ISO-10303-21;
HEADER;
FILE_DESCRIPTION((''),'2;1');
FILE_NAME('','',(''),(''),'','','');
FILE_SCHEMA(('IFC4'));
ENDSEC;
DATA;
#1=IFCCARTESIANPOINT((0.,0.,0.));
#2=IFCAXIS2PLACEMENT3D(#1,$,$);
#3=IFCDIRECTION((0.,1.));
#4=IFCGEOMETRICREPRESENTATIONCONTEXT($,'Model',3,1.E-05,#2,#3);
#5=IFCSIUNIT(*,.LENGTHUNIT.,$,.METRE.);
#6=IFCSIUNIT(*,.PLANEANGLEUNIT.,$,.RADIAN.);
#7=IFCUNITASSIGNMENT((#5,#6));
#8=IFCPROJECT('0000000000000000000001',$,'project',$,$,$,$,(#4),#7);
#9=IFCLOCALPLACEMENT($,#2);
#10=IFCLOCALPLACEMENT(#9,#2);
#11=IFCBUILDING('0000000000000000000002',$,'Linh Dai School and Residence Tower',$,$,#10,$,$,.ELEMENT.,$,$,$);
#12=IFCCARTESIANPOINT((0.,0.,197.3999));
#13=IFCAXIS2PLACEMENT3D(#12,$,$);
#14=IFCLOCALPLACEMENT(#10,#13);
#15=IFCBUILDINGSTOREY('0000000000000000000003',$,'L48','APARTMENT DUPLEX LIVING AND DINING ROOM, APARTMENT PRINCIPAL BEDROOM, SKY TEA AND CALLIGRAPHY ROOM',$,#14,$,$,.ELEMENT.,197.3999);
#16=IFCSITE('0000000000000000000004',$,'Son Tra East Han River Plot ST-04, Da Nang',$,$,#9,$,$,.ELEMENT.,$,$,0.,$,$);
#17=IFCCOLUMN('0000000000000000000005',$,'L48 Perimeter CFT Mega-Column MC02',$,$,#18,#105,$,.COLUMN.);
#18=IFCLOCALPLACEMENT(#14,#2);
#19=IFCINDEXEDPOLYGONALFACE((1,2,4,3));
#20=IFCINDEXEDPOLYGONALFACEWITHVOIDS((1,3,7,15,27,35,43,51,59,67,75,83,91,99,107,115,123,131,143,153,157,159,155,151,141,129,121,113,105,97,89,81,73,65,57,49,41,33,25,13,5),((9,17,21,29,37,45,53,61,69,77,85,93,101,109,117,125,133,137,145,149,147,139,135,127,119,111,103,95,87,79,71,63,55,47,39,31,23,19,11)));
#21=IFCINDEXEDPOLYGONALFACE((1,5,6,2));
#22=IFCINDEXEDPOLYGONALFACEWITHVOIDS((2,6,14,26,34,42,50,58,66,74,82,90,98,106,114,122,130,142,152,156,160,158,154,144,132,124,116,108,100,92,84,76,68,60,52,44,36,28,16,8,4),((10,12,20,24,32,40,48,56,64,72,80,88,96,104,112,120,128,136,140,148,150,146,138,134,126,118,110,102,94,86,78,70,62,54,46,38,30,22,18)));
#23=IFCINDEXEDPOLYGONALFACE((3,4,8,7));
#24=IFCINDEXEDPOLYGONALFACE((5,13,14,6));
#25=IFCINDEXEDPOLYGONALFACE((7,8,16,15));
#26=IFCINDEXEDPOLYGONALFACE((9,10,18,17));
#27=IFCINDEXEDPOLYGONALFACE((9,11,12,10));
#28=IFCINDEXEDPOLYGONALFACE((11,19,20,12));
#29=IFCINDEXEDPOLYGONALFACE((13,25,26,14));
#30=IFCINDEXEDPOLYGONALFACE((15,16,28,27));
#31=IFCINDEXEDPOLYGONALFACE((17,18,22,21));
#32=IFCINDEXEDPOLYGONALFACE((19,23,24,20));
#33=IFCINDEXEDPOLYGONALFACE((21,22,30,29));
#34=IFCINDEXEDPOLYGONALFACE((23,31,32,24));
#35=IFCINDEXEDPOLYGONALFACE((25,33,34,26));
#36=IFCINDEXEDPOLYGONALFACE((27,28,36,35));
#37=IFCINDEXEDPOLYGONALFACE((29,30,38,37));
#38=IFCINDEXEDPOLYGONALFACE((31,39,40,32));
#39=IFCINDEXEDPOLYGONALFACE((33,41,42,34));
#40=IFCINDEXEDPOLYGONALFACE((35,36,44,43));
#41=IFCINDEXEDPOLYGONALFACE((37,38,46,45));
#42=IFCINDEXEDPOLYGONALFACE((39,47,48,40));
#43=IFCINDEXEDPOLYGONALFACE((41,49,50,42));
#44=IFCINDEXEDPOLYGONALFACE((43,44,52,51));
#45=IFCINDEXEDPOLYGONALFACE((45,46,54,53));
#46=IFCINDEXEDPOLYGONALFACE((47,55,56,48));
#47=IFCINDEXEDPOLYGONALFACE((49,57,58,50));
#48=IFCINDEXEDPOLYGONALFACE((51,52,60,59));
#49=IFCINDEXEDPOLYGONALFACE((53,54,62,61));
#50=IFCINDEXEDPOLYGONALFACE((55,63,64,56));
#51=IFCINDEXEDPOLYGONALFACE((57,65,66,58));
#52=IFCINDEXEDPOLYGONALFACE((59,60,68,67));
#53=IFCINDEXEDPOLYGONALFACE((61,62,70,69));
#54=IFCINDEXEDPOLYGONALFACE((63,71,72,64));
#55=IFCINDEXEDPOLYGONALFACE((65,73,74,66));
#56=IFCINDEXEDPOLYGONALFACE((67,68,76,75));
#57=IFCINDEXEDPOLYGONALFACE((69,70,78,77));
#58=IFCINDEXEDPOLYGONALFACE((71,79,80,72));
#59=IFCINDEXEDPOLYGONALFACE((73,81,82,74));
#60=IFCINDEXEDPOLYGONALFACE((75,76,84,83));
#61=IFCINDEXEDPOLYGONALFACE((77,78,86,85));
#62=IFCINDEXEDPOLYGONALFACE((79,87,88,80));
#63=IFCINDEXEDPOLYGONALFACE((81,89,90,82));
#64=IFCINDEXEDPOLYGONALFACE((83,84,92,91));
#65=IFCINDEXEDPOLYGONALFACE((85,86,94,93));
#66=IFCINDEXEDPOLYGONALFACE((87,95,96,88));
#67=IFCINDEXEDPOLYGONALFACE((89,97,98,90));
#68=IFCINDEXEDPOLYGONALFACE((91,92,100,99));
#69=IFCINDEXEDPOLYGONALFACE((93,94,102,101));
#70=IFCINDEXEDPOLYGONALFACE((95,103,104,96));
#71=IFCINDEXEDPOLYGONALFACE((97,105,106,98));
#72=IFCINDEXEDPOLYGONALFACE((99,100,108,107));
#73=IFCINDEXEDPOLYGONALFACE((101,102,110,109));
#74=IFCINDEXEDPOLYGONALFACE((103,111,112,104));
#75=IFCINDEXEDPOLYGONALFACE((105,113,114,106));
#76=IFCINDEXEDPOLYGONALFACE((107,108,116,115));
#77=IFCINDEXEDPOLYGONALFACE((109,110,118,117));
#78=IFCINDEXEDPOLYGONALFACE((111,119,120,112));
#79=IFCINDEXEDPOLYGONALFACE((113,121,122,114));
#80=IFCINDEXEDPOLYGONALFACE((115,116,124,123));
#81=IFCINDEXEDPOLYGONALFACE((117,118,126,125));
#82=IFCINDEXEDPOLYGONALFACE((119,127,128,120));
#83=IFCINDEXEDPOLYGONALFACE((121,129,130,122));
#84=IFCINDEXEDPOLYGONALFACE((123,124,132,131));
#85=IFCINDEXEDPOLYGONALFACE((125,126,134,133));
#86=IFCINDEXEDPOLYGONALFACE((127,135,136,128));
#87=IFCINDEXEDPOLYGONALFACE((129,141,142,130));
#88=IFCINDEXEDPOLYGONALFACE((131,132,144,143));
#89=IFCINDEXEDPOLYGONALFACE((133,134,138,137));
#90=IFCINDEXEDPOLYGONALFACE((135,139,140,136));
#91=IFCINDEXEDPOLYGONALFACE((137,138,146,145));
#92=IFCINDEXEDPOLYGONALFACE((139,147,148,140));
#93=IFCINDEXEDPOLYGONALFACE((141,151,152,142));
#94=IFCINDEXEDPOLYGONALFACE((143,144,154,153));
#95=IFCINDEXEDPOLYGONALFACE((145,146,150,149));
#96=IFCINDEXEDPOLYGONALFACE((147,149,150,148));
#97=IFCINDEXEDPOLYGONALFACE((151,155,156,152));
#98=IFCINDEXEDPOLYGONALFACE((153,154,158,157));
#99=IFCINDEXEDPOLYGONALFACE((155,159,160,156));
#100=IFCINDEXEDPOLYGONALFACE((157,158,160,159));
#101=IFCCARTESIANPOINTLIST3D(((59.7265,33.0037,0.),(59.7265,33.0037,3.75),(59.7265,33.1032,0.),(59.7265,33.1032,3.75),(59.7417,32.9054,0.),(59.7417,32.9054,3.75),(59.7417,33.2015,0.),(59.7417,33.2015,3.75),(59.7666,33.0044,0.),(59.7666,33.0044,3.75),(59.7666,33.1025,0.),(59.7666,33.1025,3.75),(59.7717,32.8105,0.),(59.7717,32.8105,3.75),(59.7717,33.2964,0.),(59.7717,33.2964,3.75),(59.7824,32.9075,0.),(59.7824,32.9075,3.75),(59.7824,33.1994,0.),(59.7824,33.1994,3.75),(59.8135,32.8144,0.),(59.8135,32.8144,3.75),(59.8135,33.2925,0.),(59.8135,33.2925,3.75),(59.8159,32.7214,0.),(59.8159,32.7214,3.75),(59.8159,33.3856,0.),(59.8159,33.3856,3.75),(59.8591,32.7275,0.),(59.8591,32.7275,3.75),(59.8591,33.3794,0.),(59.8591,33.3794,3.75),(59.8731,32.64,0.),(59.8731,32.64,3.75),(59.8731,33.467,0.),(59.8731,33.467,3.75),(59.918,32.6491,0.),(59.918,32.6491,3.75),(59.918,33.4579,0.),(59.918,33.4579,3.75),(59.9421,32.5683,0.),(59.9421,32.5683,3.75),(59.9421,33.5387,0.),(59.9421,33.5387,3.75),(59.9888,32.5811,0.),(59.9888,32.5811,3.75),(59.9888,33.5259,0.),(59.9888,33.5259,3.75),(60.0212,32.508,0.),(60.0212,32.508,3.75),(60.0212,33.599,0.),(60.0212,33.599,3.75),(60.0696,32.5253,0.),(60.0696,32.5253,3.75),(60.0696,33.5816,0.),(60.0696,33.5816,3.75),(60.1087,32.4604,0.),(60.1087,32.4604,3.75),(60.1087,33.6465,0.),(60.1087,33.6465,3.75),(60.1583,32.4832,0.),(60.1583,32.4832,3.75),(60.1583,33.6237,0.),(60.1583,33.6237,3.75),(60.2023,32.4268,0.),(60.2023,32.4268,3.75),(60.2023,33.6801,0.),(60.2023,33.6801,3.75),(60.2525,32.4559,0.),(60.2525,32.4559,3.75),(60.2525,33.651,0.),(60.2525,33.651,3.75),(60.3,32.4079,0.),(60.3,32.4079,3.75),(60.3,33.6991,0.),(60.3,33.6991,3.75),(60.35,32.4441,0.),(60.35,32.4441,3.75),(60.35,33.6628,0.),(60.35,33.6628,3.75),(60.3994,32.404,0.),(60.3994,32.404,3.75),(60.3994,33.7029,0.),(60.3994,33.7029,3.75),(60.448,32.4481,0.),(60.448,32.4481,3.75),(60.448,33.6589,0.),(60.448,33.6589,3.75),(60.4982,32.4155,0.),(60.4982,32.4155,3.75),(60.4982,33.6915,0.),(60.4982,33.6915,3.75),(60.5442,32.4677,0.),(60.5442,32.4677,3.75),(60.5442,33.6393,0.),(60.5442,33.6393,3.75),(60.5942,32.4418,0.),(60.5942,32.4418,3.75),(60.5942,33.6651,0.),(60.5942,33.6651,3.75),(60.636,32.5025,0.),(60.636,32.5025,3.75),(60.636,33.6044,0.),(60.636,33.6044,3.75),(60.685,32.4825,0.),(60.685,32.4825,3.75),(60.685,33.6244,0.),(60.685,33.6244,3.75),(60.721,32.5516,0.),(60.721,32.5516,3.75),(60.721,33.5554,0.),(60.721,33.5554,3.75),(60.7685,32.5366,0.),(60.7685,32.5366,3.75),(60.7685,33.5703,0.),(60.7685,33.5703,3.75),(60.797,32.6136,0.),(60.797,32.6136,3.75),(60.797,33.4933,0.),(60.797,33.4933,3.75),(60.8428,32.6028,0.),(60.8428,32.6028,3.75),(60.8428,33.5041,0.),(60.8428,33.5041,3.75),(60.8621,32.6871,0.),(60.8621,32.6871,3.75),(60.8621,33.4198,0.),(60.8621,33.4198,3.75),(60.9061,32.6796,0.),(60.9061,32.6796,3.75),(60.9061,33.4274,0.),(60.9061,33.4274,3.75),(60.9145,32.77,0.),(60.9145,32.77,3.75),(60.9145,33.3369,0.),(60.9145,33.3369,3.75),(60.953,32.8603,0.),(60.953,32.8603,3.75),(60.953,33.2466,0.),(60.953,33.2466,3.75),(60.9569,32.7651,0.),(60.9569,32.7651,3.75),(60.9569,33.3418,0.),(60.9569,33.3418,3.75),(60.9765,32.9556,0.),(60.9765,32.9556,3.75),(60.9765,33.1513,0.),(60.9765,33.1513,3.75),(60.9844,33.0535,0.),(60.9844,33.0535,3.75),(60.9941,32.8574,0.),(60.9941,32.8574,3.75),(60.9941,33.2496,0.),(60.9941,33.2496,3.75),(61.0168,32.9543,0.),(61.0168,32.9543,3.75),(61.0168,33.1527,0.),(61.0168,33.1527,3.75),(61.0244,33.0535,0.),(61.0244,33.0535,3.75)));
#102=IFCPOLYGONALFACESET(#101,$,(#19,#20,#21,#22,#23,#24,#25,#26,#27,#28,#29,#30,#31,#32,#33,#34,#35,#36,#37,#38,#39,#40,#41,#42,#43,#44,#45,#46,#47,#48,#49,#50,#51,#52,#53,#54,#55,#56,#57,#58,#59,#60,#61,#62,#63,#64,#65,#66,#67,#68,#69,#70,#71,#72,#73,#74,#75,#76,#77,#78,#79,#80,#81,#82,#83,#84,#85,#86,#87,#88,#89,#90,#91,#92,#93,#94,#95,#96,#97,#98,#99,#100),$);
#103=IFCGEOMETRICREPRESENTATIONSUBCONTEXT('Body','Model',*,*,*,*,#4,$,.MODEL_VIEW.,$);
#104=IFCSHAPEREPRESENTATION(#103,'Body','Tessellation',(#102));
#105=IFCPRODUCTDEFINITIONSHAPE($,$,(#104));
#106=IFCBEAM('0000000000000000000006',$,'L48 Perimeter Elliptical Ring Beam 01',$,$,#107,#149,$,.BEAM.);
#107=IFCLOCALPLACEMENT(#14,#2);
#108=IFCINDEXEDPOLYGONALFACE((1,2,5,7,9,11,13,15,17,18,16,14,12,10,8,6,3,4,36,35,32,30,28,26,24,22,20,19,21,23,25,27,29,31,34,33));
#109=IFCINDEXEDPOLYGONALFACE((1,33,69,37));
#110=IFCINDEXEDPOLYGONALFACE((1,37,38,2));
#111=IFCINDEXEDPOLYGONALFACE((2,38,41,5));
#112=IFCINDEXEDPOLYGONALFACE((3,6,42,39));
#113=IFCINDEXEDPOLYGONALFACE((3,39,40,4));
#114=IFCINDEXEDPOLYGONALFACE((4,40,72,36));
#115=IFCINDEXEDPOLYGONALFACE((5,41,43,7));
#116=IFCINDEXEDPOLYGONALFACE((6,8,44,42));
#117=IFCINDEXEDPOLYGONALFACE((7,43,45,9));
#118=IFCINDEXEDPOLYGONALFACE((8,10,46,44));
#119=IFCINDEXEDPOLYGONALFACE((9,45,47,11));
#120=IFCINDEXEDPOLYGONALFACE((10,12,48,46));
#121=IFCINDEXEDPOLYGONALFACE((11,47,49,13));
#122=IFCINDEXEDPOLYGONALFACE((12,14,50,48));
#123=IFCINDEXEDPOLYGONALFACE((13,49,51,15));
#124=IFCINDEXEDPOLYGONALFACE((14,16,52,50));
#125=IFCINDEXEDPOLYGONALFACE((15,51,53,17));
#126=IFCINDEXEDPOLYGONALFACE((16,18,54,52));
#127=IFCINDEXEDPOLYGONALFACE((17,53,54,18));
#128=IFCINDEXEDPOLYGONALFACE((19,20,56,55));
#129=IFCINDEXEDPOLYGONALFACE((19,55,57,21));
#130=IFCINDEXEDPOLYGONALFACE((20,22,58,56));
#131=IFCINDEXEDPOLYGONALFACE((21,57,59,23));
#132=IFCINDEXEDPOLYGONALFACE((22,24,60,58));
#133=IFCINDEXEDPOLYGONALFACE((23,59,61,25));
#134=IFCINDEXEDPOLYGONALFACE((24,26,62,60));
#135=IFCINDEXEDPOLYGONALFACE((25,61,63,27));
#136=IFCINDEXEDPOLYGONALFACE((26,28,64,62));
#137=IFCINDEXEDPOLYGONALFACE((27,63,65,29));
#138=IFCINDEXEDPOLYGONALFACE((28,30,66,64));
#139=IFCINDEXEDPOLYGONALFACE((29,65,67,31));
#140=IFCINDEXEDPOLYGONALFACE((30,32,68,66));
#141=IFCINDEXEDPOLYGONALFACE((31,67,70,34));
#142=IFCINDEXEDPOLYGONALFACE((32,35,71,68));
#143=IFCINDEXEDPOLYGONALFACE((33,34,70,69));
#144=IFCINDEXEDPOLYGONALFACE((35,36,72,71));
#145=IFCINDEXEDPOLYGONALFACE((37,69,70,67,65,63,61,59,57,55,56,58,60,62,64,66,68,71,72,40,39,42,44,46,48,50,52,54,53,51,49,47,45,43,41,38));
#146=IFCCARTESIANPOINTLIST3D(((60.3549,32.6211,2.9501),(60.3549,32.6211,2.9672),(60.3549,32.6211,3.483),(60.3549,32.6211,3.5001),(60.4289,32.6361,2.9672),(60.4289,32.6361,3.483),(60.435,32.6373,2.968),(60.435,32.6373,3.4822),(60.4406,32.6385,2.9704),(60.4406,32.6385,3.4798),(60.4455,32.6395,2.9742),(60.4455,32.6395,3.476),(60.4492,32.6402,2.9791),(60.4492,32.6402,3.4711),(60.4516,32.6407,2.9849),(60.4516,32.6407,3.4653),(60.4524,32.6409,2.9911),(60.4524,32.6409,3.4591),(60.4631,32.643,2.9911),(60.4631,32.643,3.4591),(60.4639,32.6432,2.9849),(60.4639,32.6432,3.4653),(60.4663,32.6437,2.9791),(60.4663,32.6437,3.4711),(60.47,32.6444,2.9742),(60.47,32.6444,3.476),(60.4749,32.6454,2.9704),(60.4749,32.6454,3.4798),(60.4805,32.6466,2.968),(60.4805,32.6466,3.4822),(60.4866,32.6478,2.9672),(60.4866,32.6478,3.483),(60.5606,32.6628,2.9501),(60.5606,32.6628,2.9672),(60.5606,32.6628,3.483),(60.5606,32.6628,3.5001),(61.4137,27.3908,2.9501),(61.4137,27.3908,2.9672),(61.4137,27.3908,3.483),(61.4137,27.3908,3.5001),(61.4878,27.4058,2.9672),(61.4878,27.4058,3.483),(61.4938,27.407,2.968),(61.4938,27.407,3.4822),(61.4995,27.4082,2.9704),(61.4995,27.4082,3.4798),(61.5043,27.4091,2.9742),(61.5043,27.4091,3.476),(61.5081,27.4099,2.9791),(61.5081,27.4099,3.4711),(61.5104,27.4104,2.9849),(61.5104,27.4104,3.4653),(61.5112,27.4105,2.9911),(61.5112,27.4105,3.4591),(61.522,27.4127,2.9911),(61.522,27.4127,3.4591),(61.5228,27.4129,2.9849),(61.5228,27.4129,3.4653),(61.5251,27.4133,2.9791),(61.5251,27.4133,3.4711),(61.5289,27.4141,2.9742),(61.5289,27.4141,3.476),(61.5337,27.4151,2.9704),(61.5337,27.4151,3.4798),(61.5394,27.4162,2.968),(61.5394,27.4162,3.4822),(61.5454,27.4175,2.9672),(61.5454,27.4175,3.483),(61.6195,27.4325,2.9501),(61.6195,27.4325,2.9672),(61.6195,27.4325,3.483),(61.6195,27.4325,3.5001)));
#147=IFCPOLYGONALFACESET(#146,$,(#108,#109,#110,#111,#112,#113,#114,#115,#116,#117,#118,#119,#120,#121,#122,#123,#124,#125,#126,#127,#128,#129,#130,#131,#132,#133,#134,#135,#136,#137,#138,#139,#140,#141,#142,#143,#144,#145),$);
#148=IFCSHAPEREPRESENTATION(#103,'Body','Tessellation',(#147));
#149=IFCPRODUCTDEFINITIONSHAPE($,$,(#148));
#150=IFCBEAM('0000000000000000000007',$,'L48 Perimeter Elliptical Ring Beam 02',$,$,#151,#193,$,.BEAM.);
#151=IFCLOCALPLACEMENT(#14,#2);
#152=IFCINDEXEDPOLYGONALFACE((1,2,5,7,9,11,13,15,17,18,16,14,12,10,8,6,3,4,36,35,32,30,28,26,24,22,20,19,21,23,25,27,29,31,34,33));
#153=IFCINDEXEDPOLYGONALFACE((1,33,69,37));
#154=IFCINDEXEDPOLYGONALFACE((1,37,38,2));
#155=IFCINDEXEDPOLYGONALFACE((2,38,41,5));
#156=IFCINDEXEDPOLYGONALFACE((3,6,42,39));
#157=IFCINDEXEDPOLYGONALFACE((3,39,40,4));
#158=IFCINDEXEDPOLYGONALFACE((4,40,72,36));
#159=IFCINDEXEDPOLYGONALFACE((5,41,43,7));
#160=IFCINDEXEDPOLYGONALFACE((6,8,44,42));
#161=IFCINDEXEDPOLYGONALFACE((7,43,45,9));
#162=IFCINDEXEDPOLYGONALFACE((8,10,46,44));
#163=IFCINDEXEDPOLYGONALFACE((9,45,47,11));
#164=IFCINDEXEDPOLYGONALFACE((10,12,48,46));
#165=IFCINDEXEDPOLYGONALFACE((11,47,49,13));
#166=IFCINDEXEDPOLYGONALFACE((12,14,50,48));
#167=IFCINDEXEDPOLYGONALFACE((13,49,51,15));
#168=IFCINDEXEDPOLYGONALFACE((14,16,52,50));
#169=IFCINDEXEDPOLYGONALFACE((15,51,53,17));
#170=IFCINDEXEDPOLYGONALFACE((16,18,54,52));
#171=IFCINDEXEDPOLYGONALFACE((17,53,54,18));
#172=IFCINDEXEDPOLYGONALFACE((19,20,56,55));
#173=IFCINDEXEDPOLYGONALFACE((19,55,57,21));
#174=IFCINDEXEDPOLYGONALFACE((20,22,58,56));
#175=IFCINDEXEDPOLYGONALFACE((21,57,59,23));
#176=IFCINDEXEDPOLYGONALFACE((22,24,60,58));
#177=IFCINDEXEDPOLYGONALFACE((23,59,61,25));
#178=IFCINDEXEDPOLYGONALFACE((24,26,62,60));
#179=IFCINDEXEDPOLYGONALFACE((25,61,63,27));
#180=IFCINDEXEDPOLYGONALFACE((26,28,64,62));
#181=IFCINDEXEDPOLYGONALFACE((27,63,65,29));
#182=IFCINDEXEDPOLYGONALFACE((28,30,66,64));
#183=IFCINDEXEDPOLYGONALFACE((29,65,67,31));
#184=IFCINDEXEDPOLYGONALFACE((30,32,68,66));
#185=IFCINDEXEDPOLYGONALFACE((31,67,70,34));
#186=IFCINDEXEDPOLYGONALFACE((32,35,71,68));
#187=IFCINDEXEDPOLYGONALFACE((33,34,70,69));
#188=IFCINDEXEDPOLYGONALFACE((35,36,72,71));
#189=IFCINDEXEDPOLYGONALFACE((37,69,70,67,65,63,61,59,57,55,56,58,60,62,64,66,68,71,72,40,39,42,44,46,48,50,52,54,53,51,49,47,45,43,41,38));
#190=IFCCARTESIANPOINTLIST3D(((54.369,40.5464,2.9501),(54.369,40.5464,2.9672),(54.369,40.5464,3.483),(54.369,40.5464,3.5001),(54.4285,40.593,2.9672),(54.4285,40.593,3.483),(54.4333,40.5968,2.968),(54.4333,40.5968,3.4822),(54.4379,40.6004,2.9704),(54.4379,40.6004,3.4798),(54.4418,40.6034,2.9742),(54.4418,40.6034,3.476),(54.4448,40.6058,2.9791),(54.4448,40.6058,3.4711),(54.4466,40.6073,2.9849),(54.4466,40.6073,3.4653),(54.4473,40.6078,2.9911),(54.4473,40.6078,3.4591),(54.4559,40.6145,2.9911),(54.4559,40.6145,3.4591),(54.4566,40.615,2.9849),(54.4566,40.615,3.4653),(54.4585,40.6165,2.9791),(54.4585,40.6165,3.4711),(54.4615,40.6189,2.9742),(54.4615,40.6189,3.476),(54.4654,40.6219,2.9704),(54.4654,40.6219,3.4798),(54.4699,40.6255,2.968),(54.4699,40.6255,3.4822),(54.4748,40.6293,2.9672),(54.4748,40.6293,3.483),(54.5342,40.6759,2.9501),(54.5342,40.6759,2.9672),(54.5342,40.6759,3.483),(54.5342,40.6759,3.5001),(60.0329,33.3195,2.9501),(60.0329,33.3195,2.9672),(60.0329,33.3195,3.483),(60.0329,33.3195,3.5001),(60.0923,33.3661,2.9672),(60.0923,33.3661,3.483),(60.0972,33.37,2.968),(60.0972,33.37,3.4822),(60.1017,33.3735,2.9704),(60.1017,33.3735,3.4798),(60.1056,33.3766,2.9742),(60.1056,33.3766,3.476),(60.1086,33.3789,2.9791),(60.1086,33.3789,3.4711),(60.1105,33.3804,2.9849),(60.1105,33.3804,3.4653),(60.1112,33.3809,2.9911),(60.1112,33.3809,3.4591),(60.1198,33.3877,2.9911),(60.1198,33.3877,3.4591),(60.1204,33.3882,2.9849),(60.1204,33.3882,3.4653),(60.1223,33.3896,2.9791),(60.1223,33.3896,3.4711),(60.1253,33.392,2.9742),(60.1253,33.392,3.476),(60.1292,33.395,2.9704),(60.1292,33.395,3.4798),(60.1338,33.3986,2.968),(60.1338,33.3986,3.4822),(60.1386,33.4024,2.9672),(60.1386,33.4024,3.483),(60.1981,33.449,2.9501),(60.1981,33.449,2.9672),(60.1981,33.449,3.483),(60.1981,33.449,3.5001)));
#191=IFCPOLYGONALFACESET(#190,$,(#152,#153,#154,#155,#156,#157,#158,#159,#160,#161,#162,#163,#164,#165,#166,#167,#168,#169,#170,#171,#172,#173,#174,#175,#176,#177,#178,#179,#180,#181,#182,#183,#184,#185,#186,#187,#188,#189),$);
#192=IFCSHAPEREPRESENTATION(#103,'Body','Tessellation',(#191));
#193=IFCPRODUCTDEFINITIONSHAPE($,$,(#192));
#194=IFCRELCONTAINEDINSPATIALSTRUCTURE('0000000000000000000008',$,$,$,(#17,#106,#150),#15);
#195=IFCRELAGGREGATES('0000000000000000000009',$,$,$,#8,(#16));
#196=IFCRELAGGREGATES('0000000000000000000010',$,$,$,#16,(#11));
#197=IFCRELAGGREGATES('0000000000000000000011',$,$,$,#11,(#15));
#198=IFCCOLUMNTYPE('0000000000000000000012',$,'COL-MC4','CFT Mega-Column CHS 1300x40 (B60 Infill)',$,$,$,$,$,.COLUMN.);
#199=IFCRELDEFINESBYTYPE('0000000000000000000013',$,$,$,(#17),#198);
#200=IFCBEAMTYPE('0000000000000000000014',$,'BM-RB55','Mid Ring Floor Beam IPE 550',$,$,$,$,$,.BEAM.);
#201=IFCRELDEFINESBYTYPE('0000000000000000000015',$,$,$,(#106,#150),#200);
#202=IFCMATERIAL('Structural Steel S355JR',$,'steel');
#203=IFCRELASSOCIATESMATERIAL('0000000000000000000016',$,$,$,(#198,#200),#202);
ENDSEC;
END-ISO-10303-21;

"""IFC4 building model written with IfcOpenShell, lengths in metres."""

from ifc_helpers import new_model, si_unit, direction, frame, origin, origin_2d, place, context, subcontext, project, spatial, hollow_circle, i_section, extrude, material, material_profile, profile_set, type_object, element, save


model = new_model("IFC4")

# Units and contexts
model_context = context("Model", 3, precision=1e-05, world=origin(), true_north=direction((0.0, 1.0)))
body_context = subcontext(model_context, "Body", "Model", "MODEL_VIEW")
ifc_project = project(units=[si_unit("LENGTHUNIT", "METRE"), si_unit("PLANEANGLEUNIT", "RADIAN")], contexts=[model_context])

# Site, building, storey
site_placement = place(None, origin())
site = spatial("IfcSite", under=ifc_project, at=site_placement, Name="Son Tra East Han River Plot ST-04, Da Nang", CompositionType="ELEMENT", RefElevation=0.0)
building_placement = place(site_placement, origin())
building = spatial("IfcBuilding", under=site, at=building_placement, Name="Linh Dai School and Residence Tower", CompositionType="ELEMENT")
storey_placement = place(building_placement, frame((0.0, 0.0, 197.3999)))
storey = spatial("IfcBuildingStorey", under=building, at=storey_placement, Name="L48", Description="APARTMENT DUPLEX LIVING AND DINING ROOM, APARTMENT PRINCIPAL BEDROOM, SKY TEA AND CALLIGRAPHY ROOM", CompositionType="ELEMENT", Elevation=197.3999)

# Column
ifc_material_1 = material(Name="Structural Steel S355JR", Category="steel")
ifc_material_profile_1 = material_profile(ifc_material_1, hollow_circle(Radius=0.6499, WallThickness=0.04, at=origin_2d()), Name="CHS 1300x40")
ifc_profile_set_1 = profile_set([ifc_material_profile_1], Name="Structural Steel S355JR")
column_type = type_object("IfcColumnType", Name="COL-MC4", Description="CFT Mega-Column CHS 1300x40 (B60 Infill)", PredefinedType="COLUMN", material=ifc_profile_set_1)
column_placement = place(storey_placement, frame((60.3745, 33.0535, 0.0), z_axis=(0.0, 0.0, 1.0), x_axis=(1.0, 0.0, 0.0)))
element("IfcColumn", 1, at=column_placement, inside=storey, type_object=column_type, Name="L48 Perimeter CFT Mega-Column MC02", PredefinedType="COLUMN", context=body_context, shape_type="SweptSolid", body=[
    extrude(hollow_circle(Radius=0.6499, WallThickness=0.04, at=origin_2d()), origin(), (0.0, 0.0, 1.0), 3.75),
])

# Beams
ifc_material_profile_2 = material_profile(ifc_material_1, i_section(OverallWidth=0.21, OverallDepth=0.55, WebThickness=0.011, FlangeThickness=0.0171, FilletRadius=0.0239, at=origin_2d()), Name="IPE 550")
ifc_profile_set_2 = profile_set([ifc_material_profile_2], Name="Structural Steel S355JR")
beam_type_1 = type_object("IfcBeamType", Name="BM-RB55", Description="Mid Ring Floor Beam IPE 550", PredefinedType="BEAM", material=ifc_profile_set_2)
beam_1_placement = place(storey_placement, frame((61.5166, 27.4116, 3.2251), z_axis=(-0.198421, 0.980117, 0.0), x_axis=(-0.980117, -0.198421, 0.0)))
element("IfcBeam", 2, at=beam_1_placement, inside=storey, type_object=beam_type_1, Name="L48 Perimeter Elliptical Ring Beam 01", PredefinedType="BEAM", context=body_context, shape_type="SweptSolid", body=[
    extrude(i_section(OverallWidth=0.21, OverallDepth=0.55, WebThickness=0.011, FlangeThickness=0.0171, FilletRadius=0.0239, at=origin_2d()), origin(), (0.0, 0.0, 1.0), 5.3364),
])
beam_2_placement = place(storey_placement, frame((60.1155, 33.3843, 3.2251), z_axis=(-0.616852, 0.787079, 0.0), x_axis=(-0.787079, -0.616852, 0.0)))
element("IfcBeam", 3, at=beam_2_placement, inside=storey, type_object=beam_type_1, Name="L48 Perimeter Elliptical Ring Beam 02", PredefinedType="BEAM", context=body_context, shape_type="SweptSolid", body=[
    extrude(i_section(OverallWidth=0.21, OverallDepth=0.55, WebThickness=0.011, FlangeThickness=0.0171, FilletRadius=0.0239, at=origin_2d()), origin(), (0.0, 0.0, 1.0), 9.1819),
])

save(model, "model.ifc")
